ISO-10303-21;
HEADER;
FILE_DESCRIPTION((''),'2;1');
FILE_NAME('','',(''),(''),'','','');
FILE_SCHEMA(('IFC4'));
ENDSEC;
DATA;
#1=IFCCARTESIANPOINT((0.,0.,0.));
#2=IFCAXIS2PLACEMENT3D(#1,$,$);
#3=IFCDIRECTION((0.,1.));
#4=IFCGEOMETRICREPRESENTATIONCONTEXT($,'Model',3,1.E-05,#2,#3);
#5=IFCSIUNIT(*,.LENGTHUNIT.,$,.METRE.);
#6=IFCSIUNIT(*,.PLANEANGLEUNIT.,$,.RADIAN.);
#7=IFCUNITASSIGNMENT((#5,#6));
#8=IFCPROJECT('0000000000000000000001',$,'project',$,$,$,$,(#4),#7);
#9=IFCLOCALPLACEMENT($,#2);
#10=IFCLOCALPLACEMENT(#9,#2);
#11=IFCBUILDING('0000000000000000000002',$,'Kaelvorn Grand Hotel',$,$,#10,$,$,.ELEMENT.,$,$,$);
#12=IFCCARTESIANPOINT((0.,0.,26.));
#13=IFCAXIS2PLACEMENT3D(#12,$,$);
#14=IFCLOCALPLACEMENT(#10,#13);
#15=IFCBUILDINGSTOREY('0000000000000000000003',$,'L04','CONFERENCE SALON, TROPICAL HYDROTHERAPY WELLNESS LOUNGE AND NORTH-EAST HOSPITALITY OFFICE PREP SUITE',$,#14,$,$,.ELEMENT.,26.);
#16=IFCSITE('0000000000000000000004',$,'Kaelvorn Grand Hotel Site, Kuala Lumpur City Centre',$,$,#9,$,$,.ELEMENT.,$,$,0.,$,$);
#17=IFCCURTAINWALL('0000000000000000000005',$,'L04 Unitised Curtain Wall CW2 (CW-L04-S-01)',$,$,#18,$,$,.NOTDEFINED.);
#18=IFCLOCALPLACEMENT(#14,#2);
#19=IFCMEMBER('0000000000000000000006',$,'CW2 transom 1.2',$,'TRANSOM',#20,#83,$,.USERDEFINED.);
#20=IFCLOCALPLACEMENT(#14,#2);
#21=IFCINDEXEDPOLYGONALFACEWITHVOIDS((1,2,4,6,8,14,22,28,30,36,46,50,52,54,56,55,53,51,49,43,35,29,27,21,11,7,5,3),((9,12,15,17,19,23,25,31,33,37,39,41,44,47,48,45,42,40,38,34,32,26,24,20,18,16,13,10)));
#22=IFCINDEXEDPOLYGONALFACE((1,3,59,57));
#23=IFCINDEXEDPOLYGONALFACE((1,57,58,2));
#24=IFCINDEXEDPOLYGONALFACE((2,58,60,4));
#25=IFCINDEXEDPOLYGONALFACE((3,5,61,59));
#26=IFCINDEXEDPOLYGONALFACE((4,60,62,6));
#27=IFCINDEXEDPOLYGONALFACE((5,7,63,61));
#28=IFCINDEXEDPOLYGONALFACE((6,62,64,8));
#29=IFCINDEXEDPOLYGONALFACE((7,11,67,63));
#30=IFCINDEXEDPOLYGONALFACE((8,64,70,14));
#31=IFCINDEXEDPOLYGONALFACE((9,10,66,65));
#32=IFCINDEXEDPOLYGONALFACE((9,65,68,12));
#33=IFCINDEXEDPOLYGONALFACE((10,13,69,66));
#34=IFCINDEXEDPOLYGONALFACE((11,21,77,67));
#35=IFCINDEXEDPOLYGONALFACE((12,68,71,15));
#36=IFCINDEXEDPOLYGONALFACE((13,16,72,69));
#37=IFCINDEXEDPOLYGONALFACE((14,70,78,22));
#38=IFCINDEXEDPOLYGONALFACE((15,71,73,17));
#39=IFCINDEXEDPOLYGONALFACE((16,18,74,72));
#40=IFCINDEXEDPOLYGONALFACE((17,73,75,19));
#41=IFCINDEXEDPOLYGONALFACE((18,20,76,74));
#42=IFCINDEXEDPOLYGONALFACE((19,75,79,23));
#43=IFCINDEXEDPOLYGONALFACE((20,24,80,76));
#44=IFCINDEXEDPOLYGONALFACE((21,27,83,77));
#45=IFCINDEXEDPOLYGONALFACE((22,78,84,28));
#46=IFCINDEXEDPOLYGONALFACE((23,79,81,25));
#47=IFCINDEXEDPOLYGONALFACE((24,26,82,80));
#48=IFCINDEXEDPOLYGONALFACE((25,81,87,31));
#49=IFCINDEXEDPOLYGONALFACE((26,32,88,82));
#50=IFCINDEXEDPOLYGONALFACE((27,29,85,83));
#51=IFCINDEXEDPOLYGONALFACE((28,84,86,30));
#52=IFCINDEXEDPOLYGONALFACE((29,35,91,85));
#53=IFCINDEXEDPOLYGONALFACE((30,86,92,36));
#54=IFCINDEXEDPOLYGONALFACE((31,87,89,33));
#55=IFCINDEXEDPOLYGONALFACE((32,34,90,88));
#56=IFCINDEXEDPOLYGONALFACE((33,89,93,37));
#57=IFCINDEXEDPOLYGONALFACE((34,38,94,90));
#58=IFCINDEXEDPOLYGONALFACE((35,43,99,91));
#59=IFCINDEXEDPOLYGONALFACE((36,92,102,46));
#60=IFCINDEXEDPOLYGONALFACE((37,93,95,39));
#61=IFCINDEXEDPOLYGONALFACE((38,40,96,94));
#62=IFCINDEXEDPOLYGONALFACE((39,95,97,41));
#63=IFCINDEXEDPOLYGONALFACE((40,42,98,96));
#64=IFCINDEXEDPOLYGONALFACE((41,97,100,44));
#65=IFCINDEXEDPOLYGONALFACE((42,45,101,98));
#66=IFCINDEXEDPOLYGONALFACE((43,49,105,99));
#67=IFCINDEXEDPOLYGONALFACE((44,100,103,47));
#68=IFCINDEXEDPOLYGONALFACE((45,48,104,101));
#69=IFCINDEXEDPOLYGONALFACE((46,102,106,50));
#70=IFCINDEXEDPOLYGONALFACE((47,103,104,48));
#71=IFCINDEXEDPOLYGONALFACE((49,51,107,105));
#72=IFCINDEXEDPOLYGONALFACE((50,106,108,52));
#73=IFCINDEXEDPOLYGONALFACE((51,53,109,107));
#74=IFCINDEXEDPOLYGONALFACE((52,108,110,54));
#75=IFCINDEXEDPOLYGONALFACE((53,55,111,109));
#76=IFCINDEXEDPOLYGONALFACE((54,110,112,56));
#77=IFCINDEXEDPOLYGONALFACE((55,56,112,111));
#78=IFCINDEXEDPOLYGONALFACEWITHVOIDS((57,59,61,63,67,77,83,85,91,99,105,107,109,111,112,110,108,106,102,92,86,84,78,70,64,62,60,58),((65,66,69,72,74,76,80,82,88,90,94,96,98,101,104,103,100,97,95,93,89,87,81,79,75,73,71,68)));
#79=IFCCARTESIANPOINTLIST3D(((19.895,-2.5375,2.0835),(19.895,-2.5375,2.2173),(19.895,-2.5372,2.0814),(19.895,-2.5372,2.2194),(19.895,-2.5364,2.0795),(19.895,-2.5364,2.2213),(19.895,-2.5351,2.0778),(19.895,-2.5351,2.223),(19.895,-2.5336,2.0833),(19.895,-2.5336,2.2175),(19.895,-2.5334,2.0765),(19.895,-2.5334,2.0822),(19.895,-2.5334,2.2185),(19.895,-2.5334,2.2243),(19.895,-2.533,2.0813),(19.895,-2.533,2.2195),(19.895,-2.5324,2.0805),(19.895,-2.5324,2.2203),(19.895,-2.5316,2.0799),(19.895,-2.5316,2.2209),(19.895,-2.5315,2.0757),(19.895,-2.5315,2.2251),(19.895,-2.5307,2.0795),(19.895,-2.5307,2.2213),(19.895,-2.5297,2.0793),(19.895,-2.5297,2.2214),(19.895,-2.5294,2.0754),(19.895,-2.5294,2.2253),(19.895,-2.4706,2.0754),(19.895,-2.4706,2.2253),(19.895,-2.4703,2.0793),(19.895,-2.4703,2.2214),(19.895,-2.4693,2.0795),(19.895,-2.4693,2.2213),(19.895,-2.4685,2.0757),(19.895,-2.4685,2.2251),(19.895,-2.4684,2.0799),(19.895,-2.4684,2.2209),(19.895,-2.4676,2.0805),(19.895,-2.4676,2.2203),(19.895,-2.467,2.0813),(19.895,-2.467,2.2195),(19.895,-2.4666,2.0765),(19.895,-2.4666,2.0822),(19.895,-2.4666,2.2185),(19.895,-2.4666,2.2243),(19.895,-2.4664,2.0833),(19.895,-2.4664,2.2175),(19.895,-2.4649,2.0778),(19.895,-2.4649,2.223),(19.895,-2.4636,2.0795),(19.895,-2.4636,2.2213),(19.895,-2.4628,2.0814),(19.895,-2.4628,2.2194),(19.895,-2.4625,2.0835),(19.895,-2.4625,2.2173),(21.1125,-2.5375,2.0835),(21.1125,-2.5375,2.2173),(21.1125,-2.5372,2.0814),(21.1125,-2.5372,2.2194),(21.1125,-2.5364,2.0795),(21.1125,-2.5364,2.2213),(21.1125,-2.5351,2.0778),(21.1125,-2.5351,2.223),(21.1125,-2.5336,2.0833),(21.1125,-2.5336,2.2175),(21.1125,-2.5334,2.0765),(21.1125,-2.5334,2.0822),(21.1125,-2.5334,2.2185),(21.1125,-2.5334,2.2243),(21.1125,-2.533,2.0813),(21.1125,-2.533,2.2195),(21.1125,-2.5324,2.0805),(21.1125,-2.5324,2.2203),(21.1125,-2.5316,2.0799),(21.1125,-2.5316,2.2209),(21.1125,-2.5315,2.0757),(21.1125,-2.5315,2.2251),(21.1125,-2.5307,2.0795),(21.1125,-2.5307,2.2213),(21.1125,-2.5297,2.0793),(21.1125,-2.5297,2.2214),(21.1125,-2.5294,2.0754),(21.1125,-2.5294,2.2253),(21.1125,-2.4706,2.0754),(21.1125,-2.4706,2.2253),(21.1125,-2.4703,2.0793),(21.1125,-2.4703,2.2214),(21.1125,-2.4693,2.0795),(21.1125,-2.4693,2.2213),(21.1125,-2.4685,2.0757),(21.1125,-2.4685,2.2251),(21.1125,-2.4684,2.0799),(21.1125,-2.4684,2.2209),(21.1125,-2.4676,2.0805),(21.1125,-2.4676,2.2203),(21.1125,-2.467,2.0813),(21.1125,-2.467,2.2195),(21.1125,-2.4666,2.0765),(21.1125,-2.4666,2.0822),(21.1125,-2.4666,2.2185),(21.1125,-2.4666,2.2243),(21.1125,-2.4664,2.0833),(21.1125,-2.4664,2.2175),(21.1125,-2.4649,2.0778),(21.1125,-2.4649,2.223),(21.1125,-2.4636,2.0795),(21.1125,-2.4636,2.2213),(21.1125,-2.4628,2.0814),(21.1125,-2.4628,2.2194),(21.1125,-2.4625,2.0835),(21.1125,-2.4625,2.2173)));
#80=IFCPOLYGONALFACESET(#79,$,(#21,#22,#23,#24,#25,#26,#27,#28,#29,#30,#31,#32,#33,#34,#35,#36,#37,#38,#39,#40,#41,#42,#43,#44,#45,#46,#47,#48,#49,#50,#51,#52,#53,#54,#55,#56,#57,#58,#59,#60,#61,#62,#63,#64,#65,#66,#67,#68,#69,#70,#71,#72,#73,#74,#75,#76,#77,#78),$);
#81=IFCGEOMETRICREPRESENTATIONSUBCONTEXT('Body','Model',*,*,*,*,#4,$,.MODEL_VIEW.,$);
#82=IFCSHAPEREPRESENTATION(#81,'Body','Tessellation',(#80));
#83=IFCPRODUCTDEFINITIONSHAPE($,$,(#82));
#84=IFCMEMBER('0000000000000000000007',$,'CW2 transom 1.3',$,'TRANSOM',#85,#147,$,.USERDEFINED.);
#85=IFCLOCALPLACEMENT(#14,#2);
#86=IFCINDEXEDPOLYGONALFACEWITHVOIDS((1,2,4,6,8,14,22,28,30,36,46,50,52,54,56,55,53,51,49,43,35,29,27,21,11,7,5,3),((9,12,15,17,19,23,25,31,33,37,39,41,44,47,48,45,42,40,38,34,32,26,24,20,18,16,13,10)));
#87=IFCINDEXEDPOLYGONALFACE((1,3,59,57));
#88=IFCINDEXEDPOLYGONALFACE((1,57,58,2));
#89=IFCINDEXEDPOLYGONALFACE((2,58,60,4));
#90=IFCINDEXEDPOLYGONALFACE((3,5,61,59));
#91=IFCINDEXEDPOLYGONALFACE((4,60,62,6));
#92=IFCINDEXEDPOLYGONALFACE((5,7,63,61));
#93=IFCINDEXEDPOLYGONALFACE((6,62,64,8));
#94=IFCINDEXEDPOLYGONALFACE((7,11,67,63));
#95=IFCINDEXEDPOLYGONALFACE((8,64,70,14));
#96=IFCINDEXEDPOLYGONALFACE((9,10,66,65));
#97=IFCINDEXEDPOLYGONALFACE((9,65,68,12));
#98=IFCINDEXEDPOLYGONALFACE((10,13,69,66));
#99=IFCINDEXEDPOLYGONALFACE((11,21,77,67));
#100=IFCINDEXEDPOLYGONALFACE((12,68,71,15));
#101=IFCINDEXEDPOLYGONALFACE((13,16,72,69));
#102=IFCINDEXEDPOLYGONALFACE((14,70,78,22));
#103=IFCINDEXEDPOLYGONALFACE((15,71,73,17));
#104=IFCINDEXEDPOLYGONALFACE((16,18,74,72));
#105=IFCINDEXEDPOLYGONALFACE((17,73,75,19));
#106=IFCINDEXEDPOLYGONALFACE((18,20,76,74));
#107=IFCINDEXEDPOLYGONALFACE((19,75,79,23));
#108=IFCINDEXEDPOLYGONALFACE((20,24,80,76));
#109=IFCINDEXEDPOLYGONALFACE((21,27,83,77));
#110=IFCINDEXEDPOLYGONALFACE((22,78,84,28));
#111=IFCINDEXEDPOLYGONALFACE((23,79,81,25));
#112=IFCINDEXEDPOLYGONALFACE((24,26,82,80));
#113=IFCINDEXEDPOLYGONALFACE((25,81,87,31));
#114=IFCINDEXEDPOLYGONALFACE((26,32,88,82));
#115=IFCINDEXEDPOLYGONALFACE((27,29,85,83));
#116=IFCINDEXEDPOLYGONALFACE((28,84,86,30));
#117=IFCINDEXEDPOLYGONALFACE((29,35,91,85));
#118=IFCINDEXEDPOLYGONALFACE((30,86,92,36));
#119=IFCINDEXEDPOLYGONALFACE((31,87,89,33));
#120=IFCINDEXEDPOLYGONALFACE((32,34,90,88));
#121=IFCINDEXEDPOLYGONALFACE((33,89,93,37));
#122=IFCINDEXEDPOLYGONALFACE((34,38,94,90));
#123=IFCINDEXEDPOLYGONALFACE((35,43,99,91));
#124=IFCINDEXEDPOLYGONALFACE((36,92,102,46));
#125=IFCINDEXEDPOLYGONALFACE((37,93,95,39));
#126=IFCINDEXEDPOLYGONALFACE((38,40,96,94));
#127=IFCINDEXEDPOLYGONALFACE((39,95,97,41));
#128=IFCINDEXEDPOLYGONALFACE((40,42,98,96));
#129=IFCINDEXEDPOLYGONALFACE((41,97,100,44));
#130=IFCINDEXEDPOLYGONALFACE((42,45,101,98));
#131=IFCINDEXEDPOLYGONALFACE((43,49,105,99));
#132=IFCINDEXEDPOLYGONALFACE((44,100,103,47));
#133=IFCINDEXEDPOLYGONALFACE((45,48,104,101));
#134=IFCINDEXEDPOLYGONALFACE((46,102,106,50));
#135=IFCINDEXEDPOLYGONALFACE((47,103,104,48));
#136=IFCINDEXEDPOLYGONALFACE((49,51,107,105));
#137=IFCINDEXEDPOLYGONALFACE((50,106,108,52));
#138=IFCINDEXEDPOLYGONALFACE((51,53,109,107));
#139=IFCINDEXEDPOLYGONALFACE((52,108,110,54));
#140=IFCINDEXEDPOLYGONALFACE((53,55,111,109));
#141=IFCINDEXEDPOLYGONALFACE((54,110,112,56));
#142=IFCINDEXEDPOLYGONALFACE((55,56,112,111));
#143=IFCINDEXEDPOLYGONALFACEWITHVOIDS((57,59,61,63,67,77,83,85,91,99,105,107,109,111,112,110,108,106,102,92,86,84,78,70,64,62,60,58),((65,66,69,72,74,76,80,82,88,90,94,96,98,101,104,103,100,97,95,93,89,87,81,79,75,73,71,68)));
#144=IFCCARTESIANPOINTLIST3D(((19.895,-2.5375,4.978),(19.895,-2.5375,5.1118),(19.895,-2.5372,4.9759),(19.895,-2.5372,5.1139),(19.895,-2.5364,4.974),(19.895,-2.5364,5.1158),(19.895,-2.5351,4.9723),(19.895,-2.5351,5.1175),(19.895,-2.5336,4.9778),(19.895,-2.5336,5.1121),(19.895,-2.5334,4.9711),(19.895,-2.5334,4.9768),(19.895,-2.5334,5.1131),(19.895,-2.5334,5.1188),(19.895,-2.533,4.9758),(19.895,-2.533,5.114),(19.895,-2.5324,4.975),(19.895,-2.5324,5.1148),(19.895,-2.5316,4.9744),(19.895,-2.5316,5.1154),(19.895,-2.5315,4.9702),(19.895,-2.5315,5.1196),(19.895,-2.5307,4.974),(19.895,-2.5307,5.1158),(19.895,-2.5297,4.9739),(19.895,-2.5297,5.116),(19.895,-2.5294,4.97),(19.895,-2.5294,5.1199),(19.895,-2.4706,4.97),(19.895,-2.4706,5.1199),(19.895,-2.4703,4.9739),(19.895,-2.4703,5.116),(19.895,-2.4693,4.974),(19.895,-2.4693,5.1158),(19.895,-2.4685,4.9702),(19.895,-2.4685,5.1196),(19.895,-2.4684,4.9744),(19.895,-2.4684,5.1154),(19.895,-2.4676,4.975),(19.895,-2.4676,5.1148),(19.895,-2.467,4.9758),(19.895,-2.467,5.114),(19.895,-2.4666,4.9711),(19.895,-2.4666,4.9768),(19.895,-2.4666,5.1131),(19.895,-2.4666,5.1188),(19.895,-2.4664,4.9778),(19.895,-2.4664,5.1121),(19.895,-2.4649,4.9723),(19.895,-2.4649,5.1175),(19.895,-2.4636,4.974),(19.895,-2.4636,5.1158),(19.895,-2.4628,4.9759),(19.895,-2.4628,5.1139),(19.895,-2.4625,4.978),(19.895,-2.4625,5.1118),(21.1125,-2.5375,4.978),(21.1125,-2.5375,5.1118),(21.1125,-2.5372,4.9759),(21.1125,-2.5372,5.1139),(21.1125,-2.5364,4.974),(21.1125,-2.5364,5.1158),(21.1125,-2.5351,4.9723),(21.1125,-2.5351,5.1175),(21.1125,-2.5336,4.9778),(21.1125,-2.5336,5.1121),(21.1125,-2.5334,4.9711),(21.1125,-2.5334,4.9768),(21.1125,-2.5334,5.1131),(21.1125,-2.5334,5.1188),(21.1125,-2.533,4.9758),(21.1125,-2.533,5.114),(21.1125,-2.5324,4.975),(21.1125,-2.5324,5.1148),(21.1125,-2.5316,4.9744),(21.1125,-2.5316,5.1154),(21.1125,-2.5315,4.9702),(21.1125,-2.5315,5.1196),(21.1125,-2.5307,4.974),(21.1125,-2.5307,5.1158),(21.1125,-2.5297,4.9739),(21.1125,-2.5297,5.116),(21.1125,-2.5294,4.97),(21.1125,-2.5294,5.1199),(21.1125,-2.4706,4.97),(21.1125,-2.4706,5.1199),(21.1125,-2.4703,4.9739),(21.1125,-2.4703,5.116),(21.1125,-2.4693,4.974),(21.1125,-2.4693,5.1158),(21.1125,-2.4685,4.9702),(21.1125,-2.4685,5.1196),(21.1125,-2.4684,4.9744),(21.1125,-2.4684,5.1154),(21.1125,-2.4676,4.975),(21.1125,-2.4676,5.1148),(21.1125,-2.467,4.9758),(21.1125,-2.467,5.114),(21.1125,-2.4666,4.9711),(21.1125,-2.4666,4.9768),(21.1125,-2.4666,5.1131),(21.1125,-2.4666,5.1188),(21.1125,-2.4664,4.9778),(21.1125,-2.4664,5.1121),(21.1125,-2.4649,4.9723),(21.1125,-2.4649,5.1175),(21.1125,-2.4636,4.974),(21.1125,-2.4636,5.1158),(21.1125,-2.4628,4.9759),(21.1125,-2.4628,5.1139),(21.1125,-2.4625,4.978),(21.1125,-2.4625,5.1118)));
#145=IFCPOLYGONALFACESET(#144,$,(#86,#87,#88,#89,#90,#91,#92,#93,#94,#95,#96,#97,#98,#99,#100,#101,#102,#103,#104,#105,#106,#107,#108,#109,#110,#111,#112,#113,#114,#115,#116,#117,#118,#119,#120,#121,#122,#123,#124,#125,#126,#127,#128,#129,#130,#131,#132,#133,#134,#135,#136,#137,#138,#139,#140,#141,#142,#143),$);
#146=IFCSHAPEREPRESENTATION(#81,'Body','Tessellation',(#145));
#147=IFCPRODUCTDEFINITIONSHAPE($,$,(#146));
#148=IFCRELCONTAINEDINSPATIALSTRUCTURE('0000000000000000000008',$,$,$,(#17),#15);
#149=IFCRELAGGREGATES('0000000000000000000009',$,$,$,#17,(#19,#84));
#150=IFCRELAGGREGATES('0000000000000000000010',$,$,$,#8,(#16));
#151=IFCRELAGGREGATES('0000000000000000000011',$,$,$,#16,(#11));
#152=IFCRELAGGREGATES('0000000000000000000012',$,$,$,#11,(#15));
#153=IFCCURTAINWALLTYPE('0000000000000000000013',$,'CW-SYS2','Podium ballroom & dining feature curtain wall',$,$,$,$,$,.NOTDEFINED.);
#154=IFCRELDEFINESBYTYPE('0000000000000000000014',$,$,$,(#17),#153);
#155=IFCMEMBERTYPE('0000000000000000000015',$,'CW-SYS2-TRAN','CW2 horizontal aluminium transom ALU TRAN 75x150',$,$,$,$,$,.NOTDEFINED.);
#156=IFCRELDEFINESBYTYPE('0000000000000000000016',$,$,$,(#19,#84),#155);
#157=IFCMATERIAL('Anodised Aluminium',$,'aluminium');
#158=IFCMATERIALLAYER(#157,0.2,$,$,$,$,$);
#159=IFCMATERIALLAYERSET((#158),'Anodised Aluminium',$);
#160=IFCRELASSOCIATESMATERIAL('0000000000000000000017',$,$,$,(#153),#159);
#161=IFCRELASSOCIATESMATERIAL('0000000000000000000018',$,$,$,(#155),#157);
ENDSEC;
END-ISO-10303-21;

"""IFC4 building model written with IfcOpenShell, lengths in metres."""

from ifc_helpers import new_model, si_unit, direction, frame, origin, origin_2d, place, context, subcontext, project, spatial, hollow_rectangle, extrude, material, layer, layer_set, material_profile, profile_set, type_object, element, aggregate, save


model = new_model("IFC4")

# Units and contexts
model_context = context("Model", 3, precision=1e-05, world=origin(), true_north=direction((0.0, 1.0)))
body_context = subcontext(model_context, "Body", "Model", "MODEL_VIEW")
ifc_project = project(units=[si_unit("LENGTHUNIT", "METRE"), si_unit("PLANEANGLEUNIT", "RADIAN")], contexts=[model_context])

# Site, building, storey
site_placement = place(None, origin())
site = spatial("IfcSite", under=ifc_project, at=site_placement, Name="Kaelvorn Grand Hotel Site, Kuala Lumpur City Centre", CompositionType="ELEMENT", RefElevation=0.0)
building_placement = place(site_placement, origin())
building = spatial("IfcBuilding", under=site, at=building_placement, Name="Kaelvorn Grand Hotel", CompositionType="ELEMENT")
storey_placement = place(building_placement, frame((0.0, 0.0, 26.0)))
storey = spatial("IfcBuildingStorey", under=building, at=storey_placement, Name="L04", Description="CONFERENCE SALON, TROPICAL HYDROTHERAPY WELLNESS LOUNGE AND NORTH-EAST HOSPITALITY OFFICE PREP SUITE", CompositionType="ELEMENT", Elevation=26.0)

# Curtain wall, members
ifc_material_1 = material(Name="Anodised Aluminium", Category="aluminium")
ifc_layer_1 = layer(ifc_material_1, 0.2)
ifc_layer_set_1 = layer_set([ifc_layer_1], Name="Anodised Aluminium")
curtain_wall_type = type_object("IfcCurtainWallType", Name="CW-SYS2", Description="Podium ballroom & dining feature curtain wall", PredefinedType="NOTDEFINED", material=ifc_layer_set_1)
curtain_wall_placement = place(storey_placement, origin())
curtain_wall = element("IfcCurtainWall", 1, at=curtain_wall_placement, inside=storey, type_object=curtain_wall_type, Name="L04 Unitised Curtain Wall CW2 (CW-L04-S-01)", PredefinedType="NOTDEFINED")
ifc_material_profile_1 = material_profile(ifc_material_1, hollow_rectangle(XDim=0.075, YDim=0.1499, WallThickness=0.0039, InnerFilletRadius=0.0039, OuterFilletRadius=0.0081, at=origin_2d()), Name="ALU TRAN 75x150")
ifc_profile_set_1 = profile_set([ifc_material_profile_1], Name="Anodised Aluminium")
member_type_1 = type_object("IfcMemberType", Name="CW-SYS2-TRAN", Description="CW2 horizontal aluminium transom ALU TRAN 75x150", PredefinedType="NOTDEFINED", material=ifc_profile_set_1)
member_1_placement = place(storey_placement, frame((19.895, -2.5, 2.1504), z_axis=(1.0, 0.0, 0.0), x_axis=(0.0, 1.0, 0.0)))
member_1 = element("IfcMember", 2, at=member_1_placement, type_object=member_type_1, Name="CW2 transom 1.2", ObjectType="TRANSOM", PredefinedType="USERDEFINED", context=body_context, shape_type="SweptSolid", body=[
    extrude(hollow_rectangle(XDim=0.075, YDim=0.1499, WallThickness=0.0039, InnerFilletRadius=0.0039, OuterFilletRadius=0.0081, at=origin_2d()), origin(), (0.0, 0.0, 1.0), 1.2175),
])
member_2_placement = place(storey_placement, frame((19.895, -2.5, 5.0449), z_axis=(1.0, 0.0, 0.0), x_axis=(0.0, 1.0, 0.0)))
member_2 = element("IfcMember", 3, at=member_2_placement, type_object=member_type_1, Name="CW2 transom 1.3", ObjectType="TRANSOM", PredefinedType="USERDEFINED", context=body_context, shape_type="SweptSolid", body=[
    extrude(hollow_rectangle(XDim=0.075, YDim=0.1499, WallThickness=0.0039, InnerFilletRadius=0.0039, OuterFilletRadius=0.0081, at=origin_2d()), origin(), (0.0, 0.0, 1.0), 1.2175),
])
aggregate(curtain_wall, [member_1, member_2])

save(model, "model.ifc")
